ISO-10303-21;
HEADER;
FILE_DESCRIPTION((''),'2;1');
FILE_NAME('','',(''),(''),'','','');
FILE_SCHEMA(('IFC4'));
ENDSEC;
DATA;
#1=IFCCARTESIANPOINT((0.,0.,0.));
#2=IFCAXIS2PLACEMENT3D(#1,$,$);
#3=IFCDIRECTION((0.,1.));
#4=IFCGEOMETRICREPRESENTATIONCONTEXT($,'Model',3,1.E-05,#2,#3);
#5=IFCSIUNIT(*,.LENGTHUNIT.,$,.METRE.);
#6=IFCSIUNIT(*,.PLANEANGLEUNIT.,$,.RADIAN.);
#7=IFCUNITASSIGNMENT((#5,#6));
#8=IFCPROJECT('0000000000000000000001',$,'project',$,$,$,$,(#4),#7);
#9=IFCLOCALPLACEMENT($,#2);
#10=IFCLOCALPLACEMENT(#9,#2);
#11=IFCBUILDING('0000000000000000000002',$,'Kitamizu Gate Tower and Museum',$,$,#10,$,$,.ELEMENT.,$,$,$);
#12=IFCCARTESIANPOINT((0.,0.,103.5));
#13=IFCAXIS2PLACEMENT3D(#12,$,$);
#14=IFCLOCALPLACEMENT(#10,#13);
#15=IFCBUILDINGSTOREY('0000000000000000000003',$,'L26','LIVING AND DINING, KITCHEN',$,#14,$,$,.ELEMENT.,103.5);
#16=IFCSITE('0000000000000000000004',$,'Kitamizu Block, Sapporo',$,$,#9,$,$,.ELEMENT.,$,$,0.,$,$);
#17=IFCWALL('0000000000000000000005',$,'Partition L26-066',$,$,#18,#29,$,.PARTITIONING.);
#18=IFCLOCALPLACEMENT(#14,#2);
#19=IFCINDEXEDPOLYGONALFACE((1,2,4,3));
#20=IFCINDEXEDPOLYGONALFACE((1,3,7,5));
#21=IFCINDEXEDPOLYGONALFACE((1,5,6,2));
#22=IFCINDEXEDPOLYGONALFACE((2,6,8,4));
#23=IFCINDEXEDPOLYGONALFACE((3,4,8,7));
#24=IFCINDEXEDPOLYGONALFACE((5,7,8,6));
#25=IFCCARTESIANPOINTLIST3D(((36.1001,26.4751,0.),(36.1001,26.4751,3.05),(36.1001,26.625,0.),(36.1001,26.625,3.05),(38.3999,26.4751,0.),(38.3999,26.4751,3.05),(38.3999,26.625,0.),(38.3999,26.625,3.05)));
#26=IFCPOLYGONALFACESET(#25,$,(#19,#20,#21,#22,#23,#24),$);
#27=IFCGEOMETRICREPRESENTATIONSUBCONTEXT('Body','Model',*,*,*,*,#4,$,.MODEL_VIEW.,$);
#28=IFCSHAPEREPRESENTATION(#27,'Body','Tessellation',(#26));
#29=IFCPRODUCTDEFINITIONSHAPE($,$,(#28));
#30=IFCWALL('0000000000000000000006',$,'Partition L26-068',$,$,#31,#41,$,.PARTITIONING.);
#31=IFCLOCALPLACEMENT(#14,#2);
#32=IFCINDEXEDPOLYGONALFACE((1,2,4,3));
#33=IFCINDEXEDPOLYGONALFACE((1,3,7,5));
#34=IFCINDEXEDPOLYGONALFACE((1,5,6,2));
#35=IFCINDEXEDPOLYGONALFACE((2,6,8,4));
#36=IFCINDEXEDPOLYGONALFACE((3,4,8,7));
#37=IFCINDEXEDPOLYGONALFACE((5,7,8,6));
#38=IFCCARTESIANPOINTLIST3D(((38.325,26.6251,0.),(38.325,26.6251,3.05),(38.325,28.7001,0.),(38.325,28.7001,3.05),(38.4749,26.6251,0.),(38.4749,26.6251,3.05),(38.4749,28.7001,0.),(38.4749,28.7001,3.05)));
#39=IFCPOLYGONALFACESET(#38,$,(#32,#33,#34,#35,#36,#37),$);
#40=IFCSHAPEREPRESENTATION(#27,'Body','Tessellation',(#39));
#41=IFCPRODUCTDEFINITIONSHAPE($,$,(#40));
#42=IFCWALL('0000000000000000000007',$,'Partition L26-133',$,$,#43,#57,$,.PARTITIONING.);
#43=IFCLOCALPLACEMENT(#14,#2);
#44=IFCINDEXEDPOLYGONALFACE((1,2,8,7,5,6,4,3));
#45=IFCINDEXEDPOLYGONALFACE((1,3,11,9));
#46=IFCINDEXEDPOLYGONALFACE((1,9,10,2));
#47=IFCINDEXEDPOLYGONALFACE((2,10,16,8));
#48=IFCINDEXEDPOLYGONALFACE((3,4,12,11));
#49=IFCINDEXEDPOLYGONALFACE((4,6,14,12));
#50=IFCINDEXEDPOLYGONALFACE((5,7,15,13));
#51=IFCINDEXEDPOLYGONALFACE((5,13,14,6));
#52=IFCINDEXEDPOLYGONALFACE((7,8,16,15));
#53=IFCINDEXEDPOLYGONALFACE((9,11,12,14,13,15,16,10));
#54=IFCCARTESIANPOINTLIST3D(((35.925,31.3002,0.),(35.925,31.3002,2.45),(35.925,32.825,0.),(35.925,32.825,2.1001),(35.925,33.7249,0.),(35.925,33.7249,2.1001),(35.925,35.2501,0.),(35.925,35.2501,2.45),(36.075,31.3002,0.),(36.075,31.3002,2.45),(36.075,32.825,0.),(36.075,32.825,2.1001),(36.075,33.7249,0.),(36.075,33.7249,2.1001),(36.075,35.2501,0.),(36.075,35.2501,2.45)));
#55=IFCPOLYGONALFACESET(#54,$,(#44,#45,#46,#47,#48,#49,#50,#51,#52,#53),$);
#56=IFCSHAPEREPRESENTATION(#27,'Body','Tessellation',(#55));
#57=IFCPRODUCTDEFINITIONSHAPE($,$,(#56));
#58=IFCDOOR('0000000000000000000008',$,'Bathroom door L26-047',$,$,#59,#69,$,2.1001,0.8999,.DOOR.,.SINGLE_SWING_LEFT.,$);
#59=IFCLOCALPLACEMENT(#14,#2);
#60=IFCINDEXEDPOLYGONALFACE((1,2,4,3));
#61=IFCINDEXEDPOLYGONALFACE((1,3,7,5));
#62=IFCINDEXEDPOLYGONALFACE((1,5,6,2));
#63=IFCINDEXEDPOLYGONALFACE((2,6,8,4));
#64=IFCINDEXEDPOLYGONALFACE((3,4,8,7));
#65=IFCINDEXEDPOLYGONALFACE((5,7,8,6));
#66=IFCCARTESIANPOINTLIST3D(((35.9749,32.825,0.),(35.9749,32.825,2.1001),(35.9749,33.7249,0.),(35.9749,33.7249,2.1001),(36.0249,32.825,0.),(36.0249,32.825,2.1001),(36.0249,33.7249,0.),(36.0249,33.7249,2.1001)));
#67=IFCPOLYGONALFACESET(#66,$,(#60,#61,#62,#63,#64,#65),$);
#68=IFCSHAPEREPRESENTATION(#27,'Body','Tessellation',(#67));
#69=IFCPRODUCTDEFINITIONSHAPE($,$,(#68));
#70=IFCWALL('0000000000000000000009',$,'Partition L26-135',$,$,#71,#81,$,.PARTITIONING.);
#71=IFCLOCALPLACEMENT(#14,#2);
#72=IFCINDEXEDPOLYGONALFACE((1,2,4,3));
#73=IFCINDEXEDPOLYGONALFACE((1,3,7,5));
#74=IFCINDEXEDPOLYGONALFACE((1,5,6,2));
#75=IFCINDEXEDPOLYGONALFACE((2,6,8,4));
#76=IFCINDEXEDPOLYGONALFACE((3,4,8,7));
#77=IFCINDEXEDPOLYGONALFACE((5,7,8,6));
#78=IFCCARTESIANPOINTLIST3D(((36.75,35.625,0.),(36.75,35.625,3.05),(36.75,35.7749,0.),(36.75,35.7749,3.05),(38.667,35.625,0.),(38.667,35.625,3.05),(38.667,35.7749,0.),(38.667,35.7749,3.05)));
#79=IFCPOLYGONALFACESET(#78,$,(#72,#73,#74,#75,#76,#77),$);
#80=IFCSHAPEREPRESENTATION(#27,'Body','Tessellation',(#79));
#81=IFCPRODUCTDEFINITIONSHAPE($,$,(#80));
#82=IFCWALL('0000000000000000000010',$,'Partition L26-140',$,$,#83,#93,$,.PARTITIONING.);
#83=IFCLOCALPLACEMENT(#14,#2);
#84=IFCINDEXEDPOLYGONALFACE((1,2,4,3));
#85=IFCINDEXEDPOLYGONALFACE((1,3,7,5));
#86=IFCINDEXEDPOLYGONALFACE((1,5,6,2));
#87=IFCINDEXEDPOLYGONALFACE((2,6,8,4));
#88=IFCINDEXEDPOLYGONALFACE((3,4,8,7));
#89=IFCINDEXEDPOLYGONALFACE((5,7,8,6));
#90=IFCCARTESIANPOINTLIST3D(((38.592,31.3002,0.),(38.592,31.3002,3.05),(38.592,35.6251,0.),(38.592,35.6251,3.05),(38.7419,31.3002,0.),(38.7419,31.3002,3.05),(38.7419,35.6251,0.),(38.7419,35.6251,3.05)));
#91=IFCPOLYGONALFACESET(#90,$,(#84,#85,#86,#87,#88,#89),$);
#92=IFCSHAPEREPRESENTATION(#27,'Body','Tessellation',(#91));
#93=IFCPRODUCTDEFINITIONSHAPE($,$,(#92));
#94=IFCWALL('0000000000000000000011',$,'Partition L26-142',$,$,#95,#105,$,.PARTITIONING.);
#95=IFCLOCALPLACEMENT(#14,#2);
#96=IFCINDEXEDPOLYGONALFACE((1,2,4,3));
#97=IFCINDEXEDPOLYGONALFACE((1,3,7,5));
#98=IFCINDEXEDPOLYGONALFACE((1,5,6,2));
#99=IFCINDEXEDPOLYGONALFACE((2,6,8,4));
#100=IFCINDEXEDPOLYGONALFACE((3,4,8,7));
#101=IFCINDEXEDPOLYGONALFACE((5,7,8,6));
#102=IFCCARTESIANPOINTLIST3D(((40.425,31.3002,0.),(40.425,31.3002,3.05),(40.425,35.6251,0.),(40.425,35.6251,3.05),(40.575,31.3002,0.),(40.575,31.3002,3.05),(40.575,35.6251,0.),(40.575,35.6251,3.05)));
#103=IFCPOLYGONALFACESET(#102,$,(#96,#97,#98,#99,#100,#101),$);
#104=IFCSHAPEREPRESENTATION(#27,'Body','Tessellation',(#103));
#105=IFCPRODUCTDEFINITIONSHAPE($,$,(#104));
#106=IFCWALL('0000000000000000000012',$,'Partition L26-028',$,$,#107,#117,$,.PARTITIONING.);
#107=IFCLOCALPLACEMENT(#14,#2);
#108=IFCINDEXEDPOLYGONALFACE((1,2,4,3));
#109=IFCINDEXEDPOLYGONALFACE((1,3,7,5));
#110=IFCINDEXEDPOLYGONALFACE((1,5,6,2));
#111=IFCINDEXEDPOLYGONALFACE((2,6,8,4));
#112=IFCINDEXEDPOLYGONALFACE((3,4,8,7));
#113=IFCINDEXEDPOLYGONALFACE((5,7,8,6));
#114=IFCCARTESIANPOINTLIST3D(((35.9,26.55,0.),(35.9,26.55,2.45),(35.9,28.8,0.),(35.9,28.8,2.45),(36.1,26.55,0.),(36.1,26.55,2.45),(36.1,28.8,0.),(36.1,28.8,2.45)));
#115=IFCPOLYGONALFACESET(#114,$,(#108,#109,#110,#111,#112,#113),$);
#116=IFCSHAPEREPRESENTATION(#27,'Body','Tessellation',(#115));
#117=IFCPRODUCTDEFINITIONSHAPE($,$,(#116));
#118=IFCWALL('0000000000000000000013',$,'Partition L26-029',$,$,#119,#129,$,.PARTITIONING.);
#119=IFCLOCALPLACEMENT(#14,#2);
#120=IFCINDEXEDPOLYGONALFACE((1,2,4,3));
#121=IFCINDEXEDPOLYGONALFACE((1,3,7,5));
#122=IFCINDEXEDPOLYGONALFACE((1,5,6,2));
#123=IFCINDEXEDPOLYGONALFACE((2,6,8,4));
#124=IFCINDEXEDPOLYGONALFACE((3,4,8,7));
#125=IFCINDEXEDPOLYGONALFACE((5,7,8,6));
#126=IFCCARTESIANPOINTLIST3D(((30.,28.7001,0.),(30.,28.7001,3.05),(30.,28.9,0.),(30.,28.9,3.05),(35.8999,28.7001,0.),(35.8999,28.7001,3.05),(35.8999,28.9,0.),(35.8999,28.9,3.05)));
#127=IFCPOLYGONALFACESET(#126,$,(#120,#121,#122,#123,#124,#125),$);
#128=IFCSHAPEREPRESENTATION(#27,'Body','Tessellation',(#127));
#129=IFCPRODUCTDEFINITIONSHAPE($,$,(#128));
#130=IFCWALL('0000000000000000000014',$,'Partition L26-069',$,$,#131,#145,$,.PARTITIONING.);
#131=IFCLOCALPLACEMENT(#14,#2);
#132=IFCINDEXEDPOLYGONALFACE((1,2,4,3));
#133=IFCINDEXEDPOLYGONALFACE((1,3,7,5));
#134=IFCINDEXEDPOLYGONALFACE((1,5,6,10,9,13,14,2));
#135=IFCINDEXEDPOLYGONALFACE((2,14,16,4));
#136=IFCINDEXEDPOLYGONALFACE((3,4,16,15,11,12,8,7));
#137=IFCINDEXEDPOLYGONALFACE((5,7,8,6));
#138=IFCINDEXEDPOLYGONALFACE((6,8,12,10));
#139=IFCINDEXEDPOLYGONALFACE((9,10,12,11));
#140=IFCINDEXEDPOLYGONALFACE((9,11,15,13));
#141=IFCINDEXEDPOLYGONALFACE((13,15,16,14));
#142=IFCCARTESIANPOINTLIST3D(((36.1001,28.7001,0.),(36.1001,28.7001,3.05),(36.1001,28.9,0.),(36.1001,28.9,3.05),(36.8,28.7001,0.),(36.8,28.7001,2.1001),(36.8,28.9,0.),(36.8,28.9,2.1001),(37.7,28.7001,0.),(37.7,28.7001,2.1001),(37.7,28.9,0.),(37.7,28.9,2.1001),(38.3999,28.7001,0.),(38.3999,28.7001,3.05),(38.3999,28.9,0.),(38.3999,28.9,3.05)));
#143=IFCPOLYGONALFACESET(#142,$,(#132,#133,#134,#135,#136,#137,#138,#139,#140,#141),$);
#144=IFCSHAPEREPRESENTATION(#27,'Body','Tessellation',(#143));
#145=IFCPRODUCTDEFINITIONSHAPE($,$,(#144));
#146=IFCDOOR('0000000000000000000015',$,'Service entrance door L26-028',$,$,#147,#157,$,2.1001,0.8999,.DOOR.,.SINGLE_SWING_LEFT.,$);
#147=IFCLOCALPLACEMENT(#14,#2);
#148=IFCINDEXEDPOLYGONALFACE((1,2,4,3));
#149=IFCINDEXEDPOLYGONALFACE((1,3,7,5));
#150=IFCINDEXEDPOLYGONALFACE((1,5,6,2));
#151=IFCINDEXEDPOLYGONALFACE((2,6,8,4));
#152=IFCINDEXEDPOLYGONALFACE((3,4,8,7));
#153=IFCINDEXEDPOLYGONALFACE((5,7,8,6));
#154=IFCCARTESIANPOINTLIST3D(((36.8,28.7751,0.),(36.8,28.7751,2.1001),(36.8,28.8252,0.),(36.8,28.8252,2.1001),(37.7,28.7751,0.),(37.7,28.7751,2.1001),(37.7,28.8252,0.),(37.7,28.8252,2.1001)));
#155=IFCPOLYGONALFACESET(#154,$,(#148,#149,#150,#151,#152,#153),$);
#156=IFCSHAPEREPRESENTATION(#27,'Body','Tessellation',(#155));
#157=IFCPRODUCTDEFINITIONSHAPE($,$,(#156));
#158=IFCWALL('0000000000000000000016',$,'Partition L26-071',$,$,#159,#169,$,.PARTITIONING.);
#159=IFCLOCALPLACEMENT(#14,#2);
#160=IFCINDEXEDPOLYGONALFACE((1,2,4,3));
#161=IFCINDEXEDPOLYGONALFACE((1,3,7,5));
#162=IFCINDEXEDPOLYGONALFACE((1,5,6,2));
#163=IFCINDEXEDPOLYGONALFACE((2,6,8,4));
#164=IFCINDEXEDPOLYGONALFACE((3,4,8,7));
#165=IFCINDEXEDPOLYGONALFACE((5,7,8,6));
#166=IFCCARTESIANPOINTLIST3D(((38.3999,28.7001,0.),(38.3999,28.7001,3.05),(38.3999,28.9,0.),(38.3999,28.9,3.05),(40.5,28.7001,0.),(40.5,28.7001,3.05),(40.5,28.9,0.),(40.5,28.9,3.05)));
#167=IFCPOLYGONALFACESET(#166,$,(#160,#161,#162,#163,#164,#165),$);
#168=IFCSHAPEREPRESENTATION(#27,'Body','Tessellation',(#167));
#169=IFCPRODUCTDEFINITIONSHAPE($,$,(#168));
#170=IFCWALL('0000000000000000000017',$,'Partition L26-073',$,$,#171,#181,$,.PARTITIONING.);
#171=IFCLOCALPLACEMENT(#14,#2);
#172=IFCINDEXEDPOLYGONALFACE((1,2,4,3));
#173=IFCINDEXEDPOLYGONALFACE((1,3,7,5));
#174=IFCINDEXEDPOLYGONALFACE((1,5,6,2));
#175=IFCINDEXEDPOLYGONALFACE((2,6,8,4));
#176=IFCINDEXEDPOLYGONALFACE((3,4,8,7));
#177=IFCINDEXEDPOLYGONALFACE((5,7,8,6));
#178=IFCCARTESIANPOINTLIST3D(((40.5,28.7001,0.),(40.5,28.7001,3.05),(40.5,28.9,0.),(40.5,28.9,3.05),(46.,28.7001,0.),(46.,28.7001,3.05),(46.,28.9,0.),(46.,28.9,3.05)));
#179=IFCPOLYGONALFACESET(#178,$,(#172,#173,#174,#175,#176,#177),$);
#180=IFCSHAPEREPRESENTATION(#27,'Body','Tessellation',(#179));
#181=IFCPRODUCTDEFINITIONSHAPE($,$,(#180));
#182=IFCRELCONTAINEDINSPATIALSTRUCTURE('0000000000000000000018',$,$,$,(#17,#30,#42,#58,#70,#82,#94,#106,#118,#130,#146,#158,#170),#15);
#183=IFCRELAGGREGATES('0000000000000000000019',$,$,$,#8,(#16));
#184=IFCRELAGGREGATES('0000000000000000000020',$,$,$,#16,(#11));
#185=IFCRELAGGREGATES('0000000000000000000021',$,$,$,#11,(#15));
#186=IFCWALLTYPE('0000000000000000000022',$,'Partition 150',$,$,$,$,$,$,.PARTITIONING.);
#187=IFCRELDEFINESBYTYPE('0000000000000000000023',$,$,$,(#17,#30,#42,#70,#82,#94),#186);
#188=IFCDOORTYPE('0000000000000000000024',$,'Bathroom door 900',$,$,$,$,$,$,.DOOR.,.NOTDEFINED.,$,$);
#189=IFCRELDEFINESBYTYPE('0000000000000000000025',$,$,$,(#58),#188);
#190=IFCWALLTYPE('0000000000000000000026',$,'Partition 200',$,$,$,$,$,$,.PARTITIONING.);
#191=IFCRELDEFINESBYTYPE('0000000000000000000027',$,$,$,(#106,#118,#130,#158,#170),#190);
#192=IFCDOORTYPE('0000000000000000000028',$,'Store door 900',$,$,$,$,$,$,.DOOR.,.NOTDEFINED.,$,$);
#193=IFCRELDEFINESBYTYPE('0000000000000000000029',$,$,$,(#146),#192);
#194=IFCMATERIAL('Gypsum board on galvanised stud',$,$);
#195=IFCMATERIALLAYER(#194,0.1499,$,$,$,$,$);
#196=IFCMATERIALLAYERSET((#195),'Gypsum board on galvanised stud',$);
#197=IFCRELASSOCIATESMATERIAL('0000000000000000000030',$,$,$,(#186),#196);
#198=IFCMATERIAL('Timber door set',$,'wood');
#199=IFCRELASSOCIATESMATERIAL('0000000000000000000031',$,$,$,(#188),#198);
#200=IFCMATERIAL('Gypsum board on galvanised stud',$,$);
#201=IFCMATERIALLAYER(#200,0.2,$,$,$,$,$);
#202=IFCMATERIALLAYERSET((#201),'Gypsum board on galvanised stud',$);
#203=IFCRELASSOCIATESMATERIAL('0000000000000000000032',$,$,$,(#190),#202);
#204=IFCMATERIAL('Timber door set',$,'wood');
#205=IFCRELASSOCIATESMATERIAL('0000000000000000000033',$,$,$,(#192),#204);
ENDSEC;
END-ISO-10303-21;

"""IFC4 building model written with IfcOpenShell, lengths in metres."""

from ifc_helpers import new_model, si_unit, direction, frame, frame_2d, origin, place, context, subcontext, project, spatial, rectangle, extrude, material, layer, layer_set, type_object, element, fill, save


model = new_model("IFC4")

# Units and contexts
model_context = context("Model", 3, precision=1e-05, world=origin(), true_north=direction((0.0, 1.0)))
body_context = subcontext(model_context, "Body", "Model", "MODEL_VIEW")
ifc_project = project(units=[si_unit("LENGTHUNIT", "METRE"), si_unit("PLANEANGLEUNIT", "RADIAN")], contexts=[model_context])

# Site, building, storey
site_placement = place(None, origin())
site = spatial("IfcSite", under=ifc_project, at=site_placement, Name="Kitamizu Block, Sapporo", CompositionType="ELEMENT", RefElevation=0.0)
building_placement = place(site_placement, origin())
building = spatial("IfcBuilding", under=site, at=building_placement, Name="Kitamizu Gate Tower and Museum", CompositionType="ELEMENT")
storey_placement = place(building_placement, frame((0.0, 0.0, 103.5)))
storey = spatial("IfcBuildingStorey", under=building, at=storey_placement, Name="L26", Description="LIVING AND DINING, KITCHEN", CompositionType="ELEMENT", Elevation=103.5)

# Walls
ifc_material_1 = material(Name="Gypsum board on galvanised stud")
ifc_layer_1 = layer(ifc_material_1, 0.1499)
ifc_layer_set_1 = layer_set([ifc_layer_1], Name="Gypsum board on galvanised stud")
wall_type_1 = type_object("IfcWallType", Name="Partition 150", PredefinedType="PARTITIONING", material=ifc_layer_set_1)
wall_1_placement = place(storey_placement, frame((38.3999, 26.55, 0.0), z_axis=(0.0, 0.0, 1.0), x_axis=(-1.0, 0.0, 0.0)))
element("IfcWall", 1, at=wall_1_placement, inside=storey, type_object=wall_type_1, Name="Partition L26-066", PredefinedType="PARTITIONING", context=body_context, shape_type="SweptSolid", body=[
    extrude(rectangle(XDim=2.2998, YDim=0.1499, at=frame_2d((1.1499, 0.0))), origin(), (0.0, 0.0, 1.0), 3.05),
])
wall_2_placement = place(storey_placement, frame((38.3999, 26.625, 0.0), z_axis=(0.0, 0.0, 1.0), x_axis=(0.0, 1.0, 0.0)))
element("IfcWall", 2, at=wall_2_placement, inside=storey, type_object=wall_type_1, Name="Partition L26-068", PredefinedType="PARTITIONING", context=body_context, shape_type="SweptSolid", body=[
    extrude(rectangle(XDim=2.075, YDim=0.1499, at=frame_2d((1.0376, 0.0))), origin(), (0.0, 0.0, 1.0), 3.05),
])

# Wall, opening, door
wall_3_placement = place(storey_placement, frame((36.0, 31.3, 0.0), z_axis=(0.0, 0.0, 1.0), x_axis=(0.0, 1.0, 0.0)))
wall_3 = element("IfcWall", 3, at=wall_3_placement, inside=storey, type_object=wall_type_1, Name="Partition L26-133", PredefinedType="PARTITIONING", context=body_context, shape_type="SweptSolid", body=[
    extrude(rectangle(XDim=3.95, YDim=0.1499, at=frame_2d((1.9751, 0.0))), origin(), (0.0, 0.0, 1.0), 2.45),
])
opening_1_placement = place(wall_3_placement, frame((1.5249, 0.0, 0.0)))
opening_1 = element("IfcOpeningElement", 4, at=opening_1_placement, cuts=wall_3, PredefinedType="OPENING", context=body_context, shape_type="SweptSolid", body=[
    extrude(rectangle(XDim=0.8999, YDim=2.1001, at=frame_2d((0.45, 1.05))), frame((0.0, 0.085, 0.0), z_axis=(0.0, -1.0, 0.0), x_axis=(1.0, 0.0, 0.0)), (0.0, 0.0, 1.0), 0.1699),
])
ifc_material_2 = material(Name="Timber door set", Category="wood")
door_type_1 = type_object("IfcDoorType", Name="Bathroom door 900", OperationType="NOTDEFINED", PredefinedType="DOOR", material=ifc_material_2)
door_1_placement = place(opening_1_placement, frame((0.8999, 0.0, 0.0), x_axis=(-1.0, 0.0, 0.0)))
door_1 = element("IfcDoor", 5, at=door_1_placement, inside=storey, type_object=door_type_1, Name="Bathroom door L26-047", OperationType="SINGLE_SWING_LEFT", OverallHeight=2.1001, OverallWidth=0.8999, PredefinedType="DOOR", context=body_context, shape_type="SweptSolid", body=[
    extrude(rectangle(XDim=0.8999, YDim=2.1001, at=frame_2d((0.45, 1.05))), frame((0.0, 0.0249, 0.0), z_axis=(0.0, -1.0, 0.0), x_axis=(1.0, 0.0, 0.0)), (0.0, 0.0, 1.0), 0.05),
])
fill(opening_1, door_1)

# Walls
wall_4_placement = place(storey_placement, frame((36.75, 35.7, 0.0), z_axis=(0.0, 0.0, 1.0), x_axis=(1.0, 0.0, 0.0)))
element("IfcWall", 6, at=wall_4_placement, inside=storey, type_object=wall_type_1, Name="Partition L26-135", PredefinedType="PARTITIONING", context=body_context, shape_type="SweptSolid", body=[
    extrude(rectangle(XDim=1.917, YDim=0.1499, at=frame_2d((0.9585, 0.0))), origin(), (0.0, 0.0, 1.0), 3.05),
])
for number, where, z_axis, x_axis, name in (
    (7, (38.667, 31.3, 0.0), (0.0, 0.0, 1.0), (0.0, 1.0, 0.0), "Partition L26-140"),
    (8, (40.5, 31.3, 0.0), (0.0, 0.0, 1.0), (0.0, 1.0, 0.0), "Partition L26-142"),
):
    element("IfcWall", number, at=place(storey_placement, frame(where, z_axis=z_axis, x_axis=x_axis)), inside=storey, type_object=wall_type_1, Name=name, PredefinedType="PARTITIONING", context=body_context, shape_type="SweptSolid", body=[
        extrude(rectangle(XDim=4.325, YDim=0.1499, at=frame_2d((2.1626, 0.0))), origin(), (0.0, 0.0, 1.0), 3.05),
    ])
ifc_material_3 = material(Name="Gypsum board on galvanised stud")
ifc_layer_2 = layer(ifc_material_3, 0.2)
ifc_layer_set_2 = layer_set([ifc_layer_2], Name="Gypsum board on galvanised stud")
wall_type_2 = type_object("IfcWallType", Name="Partition 200", PredefinedType="PARTITIONING", material=ifc_layer_set_2)
wall_5_placement = place(storey_placement, frame((36.0, 26.55, 0.0), z_axis=(0.0, 0.0, 1.0), x_axis=(0.0, 1.0, 0.0)))
element("IfcWall", 9, at=wall_5_placement, inside=storey, type_object=wall_type_2, Name="Partition L26-028", PredefinedType="PARTITIONING", context=body_context, shape_type="SweptSolid", body=[
    extrude(rectangle(XDim=2.25, YDim=0.2, at=frame_2d((1.125, 0.0))), origin(), (0.0, 0.0, 1.0), 2.45),
])
wall_6_placement = place(storey_placement, frame((35.8999, 28.8, 0.0), z_axis=(0.0, 0.0, 1.0), x_axis=(-1.0, 0.0, 0.0)))
element("IfcWall", 10, at=wall_6_placement, inside=storey, type_object=wall_type_2, Name="Partition L26-029", PredefinedType="PARTITIONING", context=body_context, shape_type="SweptSolid", body=[
    extrude(rectangle(XDim=5.8999, YDim=0.2, at=frame_2d((2.95, 0.0))), origin(), (0.0, 0.0, 1.0), 3.05),
])

# Wall, opening, door
wall_7_placement = place(storey_placement, frame((38.3999, 28.8, 0.0), z_axis=(0.0, 0.0, 1.0), x_axis=(-1.0, 0.0, 0.0)))
wall_7 = element("IfcWall", 11, at=wall_7_placement, inside=storey, type_object=wall_type_2, Name="Partition L26-069", PredefinedType="PARTITIONING", context=body_context, shape_type="SweptSolid", body=[
    extrude(rectangle(XDim=2.2998, YDim=0.2, at=frame_2d((1.1499, 0.0))), origin(), (0.0, 0.0, 1.0), 3.05),
])
opening_2_placement = place(wall_7_placement, frame((0.7, 0.0, 0.0)))
opening_2 = element("IfcOpeningElement", 12, at=opening_2_placement, cuts=wall_7, PredefinedType="OPENING", context=body_context, shape_type="SweptSolid", body=[
    extrude(rectangle(XDim=0.8999, YDim=2.1001, at=frame_2d((0.45, 1.05))), frame((0.0, 0.1099, 0.0), z_axis=(0.0, -1.0, 0.0), x_axis=(1.0, 0.0, 0.0)), (0.0, 0.0, 1.0), 0.22),
])
ifc_material_4 = material(Name="Timber door set", Category="wood")
door_type_2 = type_object("IfcDoorType", Name="Store door 900", OperationType="NOTDEFINED", PredefinedType="DOOR", material=ifc_material_4)
door_2_placement = place(opening_2_placement, origin())
door_2 = element("IfcDoor", 13, at=door_2_placement, inside=storey, type_object=door_type_2, Name="Service entrance door L26-028", OperationType="SINGLE_SWING_LEFT", OverallHeight=2.1001, OverallWidth=0.8999, PredefinedType="DOOR", context=body_context, shape_type="SweptSolid", body=[
    extrude(rectangle(XDim=0.8999, YDim=2.1001, at=frame_2d((0.45, 1.05))), frame((0.0, 0.0249, 0.0), z_axis=(0.0, -1.0, 0.0), x_axis=(1.0, 0.0, 0.0)), (0.0, 0.0, 1.0), 0.05),
])
fill(opening_2, door_2)

# Walls
wall_8_placement = place(storey_placement, frame((40.5, 28.8, 0.0), z_axis=(0.0, 0.0, 1.0), x_axis=(-1.0, 0.0, 0.0)))
element("IfcWall", 14, at=wall_8_placement, inside=storey, type_object=wall_type_2, Name="Partition L26-071", PredefinedType="PARTITIONING", context=body_context, shape_type="SweptSolid", body=[
    extrude(rectangle(XDim=2.1001, YDim=0.2, at=frame_2d((1.05, 0.0))), origin(), (0.0, 0.0, 1.0), 3.05),
])
wall_9_placement = place(storey_placement, frame((46.0, 28.8, 0.0), z_axis=(0.0, 0.0, 1.0), x_axis=(-1.0, 0.0, 0.0)))
element("IfcWall", 15, at=wall_9_placement, inside=storey, type_object=wall_type_2, Name="Partition L26-073", PredefinedType="PARTITIONING", context=body_context, shape_type="SweptSolid", body=[
    extrude(rectangle(XDim=5.5, YDim=0.2, at=frame_2d((2.75, 0.0))), origin(), (0.0, 0.0, 1.0), 3.05),
])

save(model, "model.ifc")
